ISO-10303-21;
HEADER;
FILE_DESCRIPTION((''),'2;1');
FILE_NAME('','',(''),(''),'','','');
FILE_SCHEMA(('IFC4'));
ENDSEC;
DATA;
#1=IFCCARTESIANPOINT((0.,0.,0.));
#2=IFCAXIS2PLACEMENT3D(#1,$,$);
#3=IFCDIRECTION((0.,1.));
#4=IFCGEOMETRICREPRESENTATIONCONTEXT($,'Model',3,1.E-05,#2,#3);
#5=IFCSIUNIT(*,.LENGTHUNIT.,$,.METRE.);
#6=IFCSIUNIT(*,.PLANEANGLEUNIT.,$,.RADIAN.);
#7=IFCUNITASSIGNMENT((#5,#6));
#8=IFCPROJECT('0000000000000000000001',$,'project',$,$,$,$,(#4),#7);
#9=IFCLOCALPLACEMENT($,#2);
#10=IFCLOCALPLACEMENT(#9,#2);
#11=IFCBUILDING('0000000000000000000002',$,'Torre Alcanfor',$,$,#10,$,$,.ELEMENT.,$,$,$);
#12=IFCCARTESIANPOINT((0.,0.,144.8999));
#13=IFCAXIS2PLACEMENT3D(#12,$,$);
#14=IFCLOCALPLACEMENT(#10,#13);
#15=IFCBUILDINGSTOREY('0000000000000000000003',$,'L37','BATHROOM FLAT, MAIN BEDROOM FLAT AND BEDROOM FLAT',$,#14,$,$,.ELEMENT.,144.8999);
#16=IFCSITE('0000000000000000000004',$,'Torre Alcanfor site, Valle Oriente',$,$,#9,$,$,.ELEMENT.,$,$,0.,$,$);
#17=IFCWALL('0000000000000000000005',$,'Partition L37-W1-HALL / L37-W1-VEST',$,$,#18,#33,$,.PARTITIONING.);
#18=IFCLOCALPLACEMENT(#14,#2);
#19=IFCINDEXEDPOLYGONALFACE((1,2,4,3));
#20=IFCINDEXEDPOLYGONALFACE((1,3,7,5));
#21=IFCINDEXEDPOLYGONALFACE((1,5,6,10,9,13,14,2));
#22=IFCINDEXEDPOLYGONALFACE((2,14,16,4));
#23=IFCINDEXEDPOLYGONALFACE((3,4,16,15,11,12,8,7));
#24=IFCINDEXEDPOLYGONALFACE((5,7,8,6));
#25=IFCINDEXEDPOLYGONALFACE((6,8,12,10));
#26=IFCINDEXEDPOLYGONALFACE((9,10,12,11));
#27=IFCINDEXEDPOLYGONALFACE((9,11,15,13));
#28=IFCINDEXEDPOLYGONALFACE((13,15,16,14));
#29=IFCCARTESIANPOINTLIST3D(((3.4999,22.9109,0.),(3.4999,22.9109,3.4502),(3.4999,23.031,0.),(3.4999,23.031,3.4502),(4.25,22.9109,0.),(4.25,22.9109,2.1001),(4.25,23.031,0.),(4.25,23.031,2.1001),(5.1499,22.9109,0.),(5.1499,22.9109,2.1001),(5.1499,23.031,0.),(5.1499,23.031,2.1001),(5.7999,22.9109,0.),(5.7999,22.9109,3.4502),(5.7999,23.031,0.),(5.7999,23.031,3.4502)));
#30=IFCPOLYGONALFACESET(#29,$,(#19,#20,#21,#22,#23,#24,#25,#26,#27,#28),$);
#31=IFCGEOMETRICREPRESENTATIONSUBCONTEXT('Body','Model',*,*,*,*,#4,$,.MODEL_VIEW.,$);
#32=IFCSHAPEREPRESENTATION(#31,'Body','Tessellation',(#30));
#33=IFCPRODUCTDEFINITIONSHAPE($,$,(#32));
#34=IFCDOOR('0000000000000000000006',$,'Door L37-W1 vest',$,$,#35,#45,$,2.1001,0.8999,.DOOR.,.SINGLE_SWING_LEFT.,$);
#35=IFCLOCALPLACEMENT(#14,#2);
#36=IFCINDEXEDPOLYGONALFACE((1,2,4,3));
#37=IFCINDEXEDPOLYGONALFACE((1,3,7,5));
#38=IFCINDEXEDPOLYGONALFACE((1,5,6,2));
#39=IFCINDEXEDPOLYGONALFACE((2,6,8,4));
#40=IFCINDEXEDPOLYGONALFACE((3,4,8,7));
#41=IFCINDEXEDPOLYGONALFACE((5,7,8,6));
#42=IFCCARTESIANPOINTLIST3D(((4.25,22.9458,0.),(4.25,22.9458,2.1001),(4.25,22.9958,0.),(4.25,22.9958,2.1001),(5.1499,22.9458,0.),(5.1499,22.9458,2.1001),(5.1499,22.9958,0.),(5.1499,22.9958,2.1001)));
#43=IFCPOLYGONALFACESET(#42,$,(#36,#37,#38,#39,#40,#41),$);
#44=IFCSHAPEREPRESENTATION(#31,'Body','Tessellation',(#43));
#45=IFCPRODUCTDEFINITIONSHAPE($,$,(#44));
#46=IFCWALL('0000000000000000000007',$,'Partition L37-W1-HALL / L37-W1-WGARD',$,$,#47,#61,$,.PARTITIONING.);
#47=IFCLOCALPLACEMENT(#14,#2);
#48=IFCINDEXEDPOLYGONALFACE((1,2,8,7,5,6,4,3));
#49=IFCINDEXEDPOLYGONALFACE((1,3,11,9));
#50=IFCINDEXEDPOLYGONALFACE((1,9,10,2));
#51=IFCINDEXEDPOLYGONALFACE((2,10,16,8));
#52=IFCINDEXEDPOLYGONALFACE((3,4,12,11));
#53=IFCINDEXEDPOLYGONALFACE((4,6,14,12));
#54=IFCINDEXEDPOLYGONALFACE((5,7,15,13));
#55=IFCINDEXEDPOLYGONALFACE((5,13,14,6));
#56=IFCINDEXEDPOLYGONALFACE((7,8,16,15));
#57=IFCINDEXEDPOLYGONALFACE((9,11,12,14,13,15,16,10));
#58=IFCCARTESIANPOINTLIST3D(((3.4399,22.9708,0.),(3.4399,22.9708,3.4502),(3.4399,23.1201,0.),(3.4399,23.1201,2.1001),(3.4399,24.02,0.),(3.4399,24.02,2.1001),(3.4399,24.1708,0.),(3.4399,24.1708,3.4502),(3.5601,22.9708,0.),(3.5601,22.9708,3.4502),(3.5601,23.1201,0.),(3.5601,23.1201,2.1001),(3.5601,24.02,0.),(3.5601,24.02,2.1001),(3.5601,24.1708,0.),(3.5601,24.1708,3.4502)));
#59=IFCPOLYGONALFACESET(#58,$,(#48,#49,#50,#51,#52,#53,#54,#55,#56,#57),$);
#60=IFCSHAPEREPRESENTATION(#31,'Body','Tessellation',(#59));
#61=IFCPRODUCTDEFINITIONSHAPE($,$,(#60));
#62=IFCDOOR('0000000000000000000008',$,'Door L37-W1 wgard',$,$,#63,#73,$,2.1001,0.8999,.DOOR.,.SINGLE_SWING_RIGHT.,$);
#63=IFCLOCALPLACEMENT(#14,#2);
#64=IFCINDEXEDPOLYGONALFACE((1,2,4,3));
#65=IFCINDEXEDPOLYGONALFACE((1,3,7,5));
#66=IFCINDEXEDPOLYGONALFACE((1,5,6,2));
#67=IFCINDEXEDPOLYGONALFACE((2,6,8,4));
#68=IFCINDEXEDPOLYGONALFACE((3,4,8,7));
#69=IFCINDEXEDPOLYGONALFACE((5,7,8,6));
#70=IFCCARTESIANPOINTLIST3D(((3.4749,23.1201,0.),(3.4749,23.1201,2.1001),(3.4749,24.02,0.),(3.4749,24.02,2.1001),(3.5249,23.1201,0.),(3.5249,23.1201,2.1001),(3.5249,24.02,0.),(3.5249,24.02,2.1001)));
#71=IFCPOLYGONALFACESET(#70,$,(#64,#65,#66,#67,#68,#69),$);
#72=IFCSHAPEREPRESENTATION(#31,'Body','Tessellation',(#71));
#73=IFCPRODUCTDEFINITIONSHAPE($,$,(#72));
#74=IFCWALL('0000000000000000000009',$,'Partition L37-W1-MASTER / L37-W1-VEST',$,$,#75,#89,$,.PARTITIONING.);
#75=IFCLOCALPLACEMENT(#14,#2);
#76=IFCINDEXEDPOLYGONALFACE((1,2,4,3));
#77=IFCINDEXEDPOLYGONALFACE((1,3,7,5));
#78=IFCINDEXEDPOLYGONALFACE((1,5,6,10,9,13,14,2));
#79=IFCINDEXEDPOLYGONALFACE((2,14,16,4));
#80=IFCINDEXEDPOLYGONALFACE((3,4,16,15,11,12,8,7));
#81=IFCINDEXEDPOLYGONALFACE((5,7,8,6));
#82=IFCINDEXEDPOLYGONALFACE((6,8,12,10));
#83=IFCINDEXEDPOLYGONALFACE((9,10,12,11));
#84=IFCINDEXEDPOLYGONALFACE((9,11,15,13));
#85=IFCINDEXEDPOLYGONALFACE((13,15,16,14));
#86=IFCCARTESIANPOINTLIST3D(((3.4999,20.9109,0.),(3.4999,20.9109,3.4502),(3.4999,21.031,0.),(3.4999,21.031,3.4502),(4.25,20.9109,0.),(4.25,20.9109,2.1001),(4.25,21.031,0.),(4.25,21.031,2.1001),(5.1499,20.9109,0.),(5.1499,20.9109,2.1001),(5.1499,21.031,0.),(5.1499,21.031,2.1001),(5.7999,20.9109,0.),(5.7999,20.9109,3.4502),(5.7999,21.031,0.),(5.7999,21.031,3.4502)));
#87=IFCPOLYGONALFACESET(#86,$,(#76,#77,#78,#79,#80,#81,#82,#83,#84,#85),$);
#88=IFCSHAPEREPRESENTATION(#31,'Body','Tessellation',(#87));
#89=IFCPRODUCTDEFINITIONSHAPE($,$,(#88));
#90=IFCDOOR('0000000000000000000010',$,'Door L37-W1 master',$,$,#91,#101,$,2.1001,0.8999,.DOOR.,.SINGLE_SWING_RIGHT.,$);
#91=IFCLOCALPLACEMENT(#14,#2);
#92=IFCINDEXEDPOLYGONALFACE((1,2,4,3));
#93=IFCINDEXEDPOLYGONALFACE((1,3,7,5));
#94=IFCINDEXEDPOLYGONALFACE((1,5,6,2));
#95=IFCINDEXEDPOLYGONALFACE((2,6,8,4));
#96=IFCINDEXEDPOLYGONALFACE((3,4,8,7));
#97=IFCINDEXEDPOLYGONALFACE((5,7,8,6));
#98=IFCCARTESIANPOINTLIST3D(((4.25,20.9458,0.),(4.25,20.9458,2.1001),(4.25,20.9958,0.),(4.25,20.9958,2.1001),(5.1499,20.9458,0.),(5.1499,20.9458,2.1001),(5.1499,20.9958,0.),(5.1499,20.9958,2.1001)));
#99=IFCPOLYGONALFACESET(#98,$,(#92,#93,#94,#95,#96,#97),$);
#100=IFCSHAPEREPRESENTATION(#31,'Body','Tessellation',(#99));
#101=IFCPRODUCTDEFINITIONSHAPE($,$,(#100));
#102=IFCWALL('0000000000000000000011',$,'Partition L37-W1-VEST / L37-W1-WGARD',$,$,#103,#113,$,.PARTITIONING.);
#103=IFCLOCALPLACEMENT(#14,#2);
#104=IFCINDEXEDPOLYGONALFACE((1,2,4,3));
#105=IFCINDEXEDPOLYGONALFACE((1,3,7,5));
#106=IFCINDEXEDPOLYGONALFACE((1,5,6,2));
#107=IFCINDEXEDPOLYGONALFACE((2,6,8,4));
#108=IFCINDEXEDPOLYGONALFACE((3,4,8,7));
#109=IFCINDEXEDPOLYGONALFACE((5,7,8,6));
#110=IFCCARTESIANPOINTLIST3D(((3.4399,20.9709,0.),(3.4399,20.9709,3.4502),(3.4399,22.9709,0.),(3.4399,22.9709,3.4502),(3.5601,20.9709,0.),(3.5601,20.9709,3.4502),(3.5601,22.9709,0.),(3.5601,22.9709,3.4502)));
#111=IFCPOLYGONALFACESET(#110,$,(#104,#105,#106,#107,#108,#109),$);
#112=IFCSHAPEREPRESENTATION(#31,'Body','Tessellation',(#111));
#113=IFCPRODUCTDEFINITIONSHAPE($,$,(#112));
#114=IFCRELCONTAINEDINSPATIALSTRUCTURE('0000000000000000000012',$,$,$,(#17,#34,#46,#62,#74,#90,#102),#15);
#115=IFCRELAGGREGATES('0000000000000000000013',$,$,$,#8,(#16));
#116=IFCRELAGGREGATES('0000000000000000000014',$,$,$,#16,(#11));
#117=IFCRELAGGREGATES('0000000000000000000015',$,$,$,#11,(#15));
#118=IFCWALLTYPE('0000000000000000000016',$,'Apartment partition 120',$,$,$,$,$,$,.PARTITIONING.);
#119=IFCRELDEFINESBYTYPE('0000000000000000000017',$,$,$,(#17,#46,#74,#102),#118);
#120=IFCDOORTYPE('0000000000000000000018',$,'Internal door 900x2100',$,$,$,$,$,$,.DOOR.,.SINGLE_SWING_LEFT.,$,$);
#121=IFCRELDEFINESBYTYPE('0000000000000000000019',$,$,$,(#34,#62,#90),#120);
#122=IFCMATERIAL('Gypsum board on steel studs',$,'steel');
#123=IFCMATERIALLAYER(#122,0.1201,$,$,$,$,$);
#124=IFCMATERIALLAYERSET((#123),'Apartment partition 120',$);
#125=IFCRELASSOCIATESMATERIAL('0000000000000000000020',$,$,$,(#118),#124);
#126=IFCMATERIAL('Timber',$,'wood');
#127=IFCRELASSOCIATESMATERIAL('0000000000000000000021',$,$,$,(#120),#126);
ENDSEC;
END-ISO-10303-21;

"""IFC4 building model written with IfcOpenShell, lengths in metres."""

from ifc_helpers import new_model, si_unit, direction, frame, frame_2d, origin, place, context, subcontext, project, spatial, rectangle, extrude, material, layer, layer_set, type_object, element, fill, save


model = new_model("IFC4")

# Units and contexts
model_context = context("Model", 3, precision=1e-05, world=origin(), true_north=direction((0.0, 1.0)))
body_context = subcontext(model_context, "Body", "Model", "MODEL_VIEW")
ifc_project = project(units=[si_unit("LENGTHUNIT", "METRE"), si_unit("PLANEANGLEUNIT", "RADIAN")], contexts=[model_context])

# Site, building, storey
site_placement = place(None, origin())
site = spatial("IfcSite", under=ifc_project, at=site_placement, Name="Torre Alcanfor site, Valle Oriente", CompositionType="ELEMENT", RefElevation=0.0)
building_placement = place(site_placement, origin())
building = spatial("IfcBuilding", under=site, at=building_placement, Name="Torre Alcanfor", CompositionType="ELEMENT")
storey_placement = place(building_placement, frame((0.0, 0.0, 144.8999)))
storey = spatial("IfcBuildingStorey", under=building, at=storey_placement, Name="L37", Description="BATHROOM FLAT, MAIN BEDROOM FLAT AND BEDROOM FLAT", CompositionType="ELEMENT", Elevation=144.8999)

# Shared definitions
ifc_material_1 = material(Name="Gypsum board on steel studs", Category="steel")
ifc_layer_1 = layer(ifc_material_1, 0.1201)
ifc_layer_set_1 = layer_set([ifc_layer_1], Name="Apartment partition 120")
wall_type = type_object("IfcWallType", Name="Apartment partition 120", PredefinedType="PARTITIONING", material=ifc_layer_set_1)
ifc_material_2 = material(Name="Timber", Category="wood")
door_type = type_object("IfcDoorType", Name="Internal door 900x2100", OperationType="SINGLE_SWING_LEFT", PredefinedType="DOOR", material=ifc_material_2)

# Walls, openings, doors
wall_1_placement = place(storey_placement, frame((3.5, 22.9709, 0.0), z_axis=(0.0, 0.0, 1.0), x_axis=(1.0, 0.0, 0.0)))
wall_1 = element("IfcWall", 1, at=wall_1_placement, inside=storey, type_object=wall_type, Name="Partition L37-W1-HALL / L37-W1-VEST", PredefinedType="PARTITIONING", context=body_context, shape_type="SweptSolid", body=[
    extrude(rectangle(XDim=2.3, YDim=0.1201, at=frame_2d((1.1499, 0.0))), origin(), (0.0, 0.0, 1.0), 3.4502),
])
opening_1_placement = place(wall_1_placement, frame((0.75, 0.0, 0.0)))
opening_1 = element("IfcOpeningElement", 2, at=opening_1_placement, cuts=wall_1, PredefinedType="OPENING", context=body_context, shape_type="SweptSolid", body=[
    extrude(rectangle(XDim=0.8999, YDim=2.1001, at=frame_2d((0.45, 1.05))), frame((0.0, 0.0701, 0.0), z_axis=(0.0, -1.0, 0.0), x_axis=(1.0, 0.0, 0.0)), (0.0, 0.0, 1.0), 0.1401),
])
door_1_placement = place(opening_1_placement, frame((0.8999, 0.0, 0.0), z_axis=(0.0, 0.0, 1.0), x_axis=(-1.0, 0.0, 0.0)))
door_1 = element("IfcDoor", 3, at=door_1_placement, inside=storey, type_object=door_type, Name="Door L37-W1 vest", OperationType="SINGLE_SWING_LEFT", OverallHeight=2.1001, OverallWidth=0.8999, PredefinedType="DOOR", context=body_context, shape_type="SweptSolid", body=[
    extrude(rectangle(XDim=0.8999, YDim=2.1001, at=frame_2d((0.45, 1.05))), frame((0.0, 0.0251, 0.0), z_axis=(0.0, -1.0, 0.0), x_axis=(1.0, 0.0, 0.0)), (0.0, 0.0, 1.0), 0.05),
])
fill(opening_1, door_1)
wall_2_placement = place(storey_placement, frame((3.5, 24.1709, 0.0), z_axis=(0.0, 0.0, 1.0), x_axis=(0.0, -1.0, 0.0)))
wall_2 = element("IfcWall", 4, at=wall_2_placement, inside=storey, type_object=wall_type, Name="Partition L37-W1-HALL / L37-W1-WGARD", PredefinedType="PARTITIONING", context=body_context, shape_type="SweptSolid", body=[
    extrude(rectangle(XDim=1.2, YDim=0.1201, at=frame_2d((0.6001, 0.0))), origin(), (0.0, 0.0, 1.0), 3.4502),
])
opening_2_placement = place(wall_2_placement, frame((0.1509, 0.0, 0.0)))
opening_2 = element("IfcOpeningElement", 5, at=opening_2_placement, cuts=wall_2, PredefinedType="OPENING", context=body_context, shape_type="SweptSolid", body=[
    extrude(rectangle(XDim=0.8999, YDim=2.1001, at=frame_2d((0.45, 1.05))), frame((0.0, 0.0701, 0.0), z_axis=(0.0, -1.0, 0.0), x_axis=(1.0, 0.0, 0.0)), (0.0, 0.0, 1.0), 0.1401),
])
door_2_placement = place(opening_2_placement, frame((0.8999, 0.0, 0.0), z_axis=(0.0, 0.0, 1.0), x_axis=(-1.0, 0.0, 0.0)))
door_2 = element("IfcDoor", 6, at=door_2_placement, inside=storey, type_object=door_type, Name="Door L37-W1 wgard", OperationType="SINGLE_SWING_RIGHT", OverallHeight=2.1001, OverallWidth=0.8999, PredefinedType="DOOR", context=body_context, shape_type="SweptSolid", body=[
    extrude(rectangle(XDim=0.8999, YDim=2.1001, at=frame_2d((0.45, 1.05))), frame((0.0, 0.0251, 0.0), z_axis=(0.0, -1.0, 0.0), x_axis=(1.0, 0.0, 0.0)), (0.0, 0.0, 1.0), 0.05),
])
fill(opening_2, door_2)
wall_3_placement = place(storey_placement, frame((3.5, 20.9709, 0.0), z_axis=(0.0, 0.0, 1.0), x_axis=(1.0, 0.0, 0.0)))
wall_3 = element("IfcWall", 7, at=wall_3_placement, inside=storey, type_object=wall_type, Name="Partition L37-W1-MASTER / L37-W1-VEST", PredefinedType="PARTITIONING", context=body_context, shape_type="SweptSolid", body=[
    extrude(rectangle(XDim=2.3, YDim=0.1201, at=frame_2d((1.1499, 0.0))), origin(), (0.0, 0.0, 1.0), 3.4502),
])
opening_3_placement = place(wall_3_placement, frame((0.75, 0.0, 0.0)))
opening_3 = element("IfcOpeningElement", 8, at=opening_3_placement, cuts=wall_3, PredefinedType="OPENING", context=body_context, shape_type="SweptSolid", body=[
    extrude(rectangle(XDim=0.8999, YDim=2.1001, at=frame_2d((0.45, 1.05))), frame((0.0, 0.0701, 0.0), z_axis=(0.0, -1.0, 0.0), x_axis=(1.0, 0.0, 0.0)), (0.0, 0.0, 1.0), 0.1401),
])
door_3_placement = place(opening_3_placement, origin())
door_3 = element("IfcDoor", 9, at=door_3_placement, inside=storey, type_object=door_type, Name="Door L37-W1 master", OperationType="SINGLE_SWING_RIGHT", OverallHeight=2.1001, OverallWidth=0.8999, PredefinedType="DOOR", context=body_context, shape_type="SweptSolid", body=[
    extrude(rectangle(XDim=0.8999, YDim=2.1001, at=frame_2d((0.45, 1.05))), frame((0.0, 0.0249, 0.0), z_axis=(0.0, -1.0, 0.0), x_axis=(1.0, 0.0, 0.0)), (0.0, 0.0, 1.0), 0.05),
])
fill(opening_3, door_3)

# Wall
wall_4_placement = place(storey_placement, frame((3.5, 22.9709, 0.0), z_axis=(0.0, 0.0, 1.0), x_axis=(0.0, -1.0, 0.0)))
element("IfcWall", 10, at=wall_4_placement, inside=storey, type_object=wall_type, Name="Partition L37-W1-VEST / L37-W1-WGARD", PredefinedType="PARTITIONING", context=body_context, shape_type="SweptSolid", body=[
    extrude(rectangle(XDim=2.0, YDim=0.1201, at=frame_2d((1.0, 0.0))), origin(), (0.0, 0.0, 1.0), 3.4502),
])

save(model, "model.ifc")
